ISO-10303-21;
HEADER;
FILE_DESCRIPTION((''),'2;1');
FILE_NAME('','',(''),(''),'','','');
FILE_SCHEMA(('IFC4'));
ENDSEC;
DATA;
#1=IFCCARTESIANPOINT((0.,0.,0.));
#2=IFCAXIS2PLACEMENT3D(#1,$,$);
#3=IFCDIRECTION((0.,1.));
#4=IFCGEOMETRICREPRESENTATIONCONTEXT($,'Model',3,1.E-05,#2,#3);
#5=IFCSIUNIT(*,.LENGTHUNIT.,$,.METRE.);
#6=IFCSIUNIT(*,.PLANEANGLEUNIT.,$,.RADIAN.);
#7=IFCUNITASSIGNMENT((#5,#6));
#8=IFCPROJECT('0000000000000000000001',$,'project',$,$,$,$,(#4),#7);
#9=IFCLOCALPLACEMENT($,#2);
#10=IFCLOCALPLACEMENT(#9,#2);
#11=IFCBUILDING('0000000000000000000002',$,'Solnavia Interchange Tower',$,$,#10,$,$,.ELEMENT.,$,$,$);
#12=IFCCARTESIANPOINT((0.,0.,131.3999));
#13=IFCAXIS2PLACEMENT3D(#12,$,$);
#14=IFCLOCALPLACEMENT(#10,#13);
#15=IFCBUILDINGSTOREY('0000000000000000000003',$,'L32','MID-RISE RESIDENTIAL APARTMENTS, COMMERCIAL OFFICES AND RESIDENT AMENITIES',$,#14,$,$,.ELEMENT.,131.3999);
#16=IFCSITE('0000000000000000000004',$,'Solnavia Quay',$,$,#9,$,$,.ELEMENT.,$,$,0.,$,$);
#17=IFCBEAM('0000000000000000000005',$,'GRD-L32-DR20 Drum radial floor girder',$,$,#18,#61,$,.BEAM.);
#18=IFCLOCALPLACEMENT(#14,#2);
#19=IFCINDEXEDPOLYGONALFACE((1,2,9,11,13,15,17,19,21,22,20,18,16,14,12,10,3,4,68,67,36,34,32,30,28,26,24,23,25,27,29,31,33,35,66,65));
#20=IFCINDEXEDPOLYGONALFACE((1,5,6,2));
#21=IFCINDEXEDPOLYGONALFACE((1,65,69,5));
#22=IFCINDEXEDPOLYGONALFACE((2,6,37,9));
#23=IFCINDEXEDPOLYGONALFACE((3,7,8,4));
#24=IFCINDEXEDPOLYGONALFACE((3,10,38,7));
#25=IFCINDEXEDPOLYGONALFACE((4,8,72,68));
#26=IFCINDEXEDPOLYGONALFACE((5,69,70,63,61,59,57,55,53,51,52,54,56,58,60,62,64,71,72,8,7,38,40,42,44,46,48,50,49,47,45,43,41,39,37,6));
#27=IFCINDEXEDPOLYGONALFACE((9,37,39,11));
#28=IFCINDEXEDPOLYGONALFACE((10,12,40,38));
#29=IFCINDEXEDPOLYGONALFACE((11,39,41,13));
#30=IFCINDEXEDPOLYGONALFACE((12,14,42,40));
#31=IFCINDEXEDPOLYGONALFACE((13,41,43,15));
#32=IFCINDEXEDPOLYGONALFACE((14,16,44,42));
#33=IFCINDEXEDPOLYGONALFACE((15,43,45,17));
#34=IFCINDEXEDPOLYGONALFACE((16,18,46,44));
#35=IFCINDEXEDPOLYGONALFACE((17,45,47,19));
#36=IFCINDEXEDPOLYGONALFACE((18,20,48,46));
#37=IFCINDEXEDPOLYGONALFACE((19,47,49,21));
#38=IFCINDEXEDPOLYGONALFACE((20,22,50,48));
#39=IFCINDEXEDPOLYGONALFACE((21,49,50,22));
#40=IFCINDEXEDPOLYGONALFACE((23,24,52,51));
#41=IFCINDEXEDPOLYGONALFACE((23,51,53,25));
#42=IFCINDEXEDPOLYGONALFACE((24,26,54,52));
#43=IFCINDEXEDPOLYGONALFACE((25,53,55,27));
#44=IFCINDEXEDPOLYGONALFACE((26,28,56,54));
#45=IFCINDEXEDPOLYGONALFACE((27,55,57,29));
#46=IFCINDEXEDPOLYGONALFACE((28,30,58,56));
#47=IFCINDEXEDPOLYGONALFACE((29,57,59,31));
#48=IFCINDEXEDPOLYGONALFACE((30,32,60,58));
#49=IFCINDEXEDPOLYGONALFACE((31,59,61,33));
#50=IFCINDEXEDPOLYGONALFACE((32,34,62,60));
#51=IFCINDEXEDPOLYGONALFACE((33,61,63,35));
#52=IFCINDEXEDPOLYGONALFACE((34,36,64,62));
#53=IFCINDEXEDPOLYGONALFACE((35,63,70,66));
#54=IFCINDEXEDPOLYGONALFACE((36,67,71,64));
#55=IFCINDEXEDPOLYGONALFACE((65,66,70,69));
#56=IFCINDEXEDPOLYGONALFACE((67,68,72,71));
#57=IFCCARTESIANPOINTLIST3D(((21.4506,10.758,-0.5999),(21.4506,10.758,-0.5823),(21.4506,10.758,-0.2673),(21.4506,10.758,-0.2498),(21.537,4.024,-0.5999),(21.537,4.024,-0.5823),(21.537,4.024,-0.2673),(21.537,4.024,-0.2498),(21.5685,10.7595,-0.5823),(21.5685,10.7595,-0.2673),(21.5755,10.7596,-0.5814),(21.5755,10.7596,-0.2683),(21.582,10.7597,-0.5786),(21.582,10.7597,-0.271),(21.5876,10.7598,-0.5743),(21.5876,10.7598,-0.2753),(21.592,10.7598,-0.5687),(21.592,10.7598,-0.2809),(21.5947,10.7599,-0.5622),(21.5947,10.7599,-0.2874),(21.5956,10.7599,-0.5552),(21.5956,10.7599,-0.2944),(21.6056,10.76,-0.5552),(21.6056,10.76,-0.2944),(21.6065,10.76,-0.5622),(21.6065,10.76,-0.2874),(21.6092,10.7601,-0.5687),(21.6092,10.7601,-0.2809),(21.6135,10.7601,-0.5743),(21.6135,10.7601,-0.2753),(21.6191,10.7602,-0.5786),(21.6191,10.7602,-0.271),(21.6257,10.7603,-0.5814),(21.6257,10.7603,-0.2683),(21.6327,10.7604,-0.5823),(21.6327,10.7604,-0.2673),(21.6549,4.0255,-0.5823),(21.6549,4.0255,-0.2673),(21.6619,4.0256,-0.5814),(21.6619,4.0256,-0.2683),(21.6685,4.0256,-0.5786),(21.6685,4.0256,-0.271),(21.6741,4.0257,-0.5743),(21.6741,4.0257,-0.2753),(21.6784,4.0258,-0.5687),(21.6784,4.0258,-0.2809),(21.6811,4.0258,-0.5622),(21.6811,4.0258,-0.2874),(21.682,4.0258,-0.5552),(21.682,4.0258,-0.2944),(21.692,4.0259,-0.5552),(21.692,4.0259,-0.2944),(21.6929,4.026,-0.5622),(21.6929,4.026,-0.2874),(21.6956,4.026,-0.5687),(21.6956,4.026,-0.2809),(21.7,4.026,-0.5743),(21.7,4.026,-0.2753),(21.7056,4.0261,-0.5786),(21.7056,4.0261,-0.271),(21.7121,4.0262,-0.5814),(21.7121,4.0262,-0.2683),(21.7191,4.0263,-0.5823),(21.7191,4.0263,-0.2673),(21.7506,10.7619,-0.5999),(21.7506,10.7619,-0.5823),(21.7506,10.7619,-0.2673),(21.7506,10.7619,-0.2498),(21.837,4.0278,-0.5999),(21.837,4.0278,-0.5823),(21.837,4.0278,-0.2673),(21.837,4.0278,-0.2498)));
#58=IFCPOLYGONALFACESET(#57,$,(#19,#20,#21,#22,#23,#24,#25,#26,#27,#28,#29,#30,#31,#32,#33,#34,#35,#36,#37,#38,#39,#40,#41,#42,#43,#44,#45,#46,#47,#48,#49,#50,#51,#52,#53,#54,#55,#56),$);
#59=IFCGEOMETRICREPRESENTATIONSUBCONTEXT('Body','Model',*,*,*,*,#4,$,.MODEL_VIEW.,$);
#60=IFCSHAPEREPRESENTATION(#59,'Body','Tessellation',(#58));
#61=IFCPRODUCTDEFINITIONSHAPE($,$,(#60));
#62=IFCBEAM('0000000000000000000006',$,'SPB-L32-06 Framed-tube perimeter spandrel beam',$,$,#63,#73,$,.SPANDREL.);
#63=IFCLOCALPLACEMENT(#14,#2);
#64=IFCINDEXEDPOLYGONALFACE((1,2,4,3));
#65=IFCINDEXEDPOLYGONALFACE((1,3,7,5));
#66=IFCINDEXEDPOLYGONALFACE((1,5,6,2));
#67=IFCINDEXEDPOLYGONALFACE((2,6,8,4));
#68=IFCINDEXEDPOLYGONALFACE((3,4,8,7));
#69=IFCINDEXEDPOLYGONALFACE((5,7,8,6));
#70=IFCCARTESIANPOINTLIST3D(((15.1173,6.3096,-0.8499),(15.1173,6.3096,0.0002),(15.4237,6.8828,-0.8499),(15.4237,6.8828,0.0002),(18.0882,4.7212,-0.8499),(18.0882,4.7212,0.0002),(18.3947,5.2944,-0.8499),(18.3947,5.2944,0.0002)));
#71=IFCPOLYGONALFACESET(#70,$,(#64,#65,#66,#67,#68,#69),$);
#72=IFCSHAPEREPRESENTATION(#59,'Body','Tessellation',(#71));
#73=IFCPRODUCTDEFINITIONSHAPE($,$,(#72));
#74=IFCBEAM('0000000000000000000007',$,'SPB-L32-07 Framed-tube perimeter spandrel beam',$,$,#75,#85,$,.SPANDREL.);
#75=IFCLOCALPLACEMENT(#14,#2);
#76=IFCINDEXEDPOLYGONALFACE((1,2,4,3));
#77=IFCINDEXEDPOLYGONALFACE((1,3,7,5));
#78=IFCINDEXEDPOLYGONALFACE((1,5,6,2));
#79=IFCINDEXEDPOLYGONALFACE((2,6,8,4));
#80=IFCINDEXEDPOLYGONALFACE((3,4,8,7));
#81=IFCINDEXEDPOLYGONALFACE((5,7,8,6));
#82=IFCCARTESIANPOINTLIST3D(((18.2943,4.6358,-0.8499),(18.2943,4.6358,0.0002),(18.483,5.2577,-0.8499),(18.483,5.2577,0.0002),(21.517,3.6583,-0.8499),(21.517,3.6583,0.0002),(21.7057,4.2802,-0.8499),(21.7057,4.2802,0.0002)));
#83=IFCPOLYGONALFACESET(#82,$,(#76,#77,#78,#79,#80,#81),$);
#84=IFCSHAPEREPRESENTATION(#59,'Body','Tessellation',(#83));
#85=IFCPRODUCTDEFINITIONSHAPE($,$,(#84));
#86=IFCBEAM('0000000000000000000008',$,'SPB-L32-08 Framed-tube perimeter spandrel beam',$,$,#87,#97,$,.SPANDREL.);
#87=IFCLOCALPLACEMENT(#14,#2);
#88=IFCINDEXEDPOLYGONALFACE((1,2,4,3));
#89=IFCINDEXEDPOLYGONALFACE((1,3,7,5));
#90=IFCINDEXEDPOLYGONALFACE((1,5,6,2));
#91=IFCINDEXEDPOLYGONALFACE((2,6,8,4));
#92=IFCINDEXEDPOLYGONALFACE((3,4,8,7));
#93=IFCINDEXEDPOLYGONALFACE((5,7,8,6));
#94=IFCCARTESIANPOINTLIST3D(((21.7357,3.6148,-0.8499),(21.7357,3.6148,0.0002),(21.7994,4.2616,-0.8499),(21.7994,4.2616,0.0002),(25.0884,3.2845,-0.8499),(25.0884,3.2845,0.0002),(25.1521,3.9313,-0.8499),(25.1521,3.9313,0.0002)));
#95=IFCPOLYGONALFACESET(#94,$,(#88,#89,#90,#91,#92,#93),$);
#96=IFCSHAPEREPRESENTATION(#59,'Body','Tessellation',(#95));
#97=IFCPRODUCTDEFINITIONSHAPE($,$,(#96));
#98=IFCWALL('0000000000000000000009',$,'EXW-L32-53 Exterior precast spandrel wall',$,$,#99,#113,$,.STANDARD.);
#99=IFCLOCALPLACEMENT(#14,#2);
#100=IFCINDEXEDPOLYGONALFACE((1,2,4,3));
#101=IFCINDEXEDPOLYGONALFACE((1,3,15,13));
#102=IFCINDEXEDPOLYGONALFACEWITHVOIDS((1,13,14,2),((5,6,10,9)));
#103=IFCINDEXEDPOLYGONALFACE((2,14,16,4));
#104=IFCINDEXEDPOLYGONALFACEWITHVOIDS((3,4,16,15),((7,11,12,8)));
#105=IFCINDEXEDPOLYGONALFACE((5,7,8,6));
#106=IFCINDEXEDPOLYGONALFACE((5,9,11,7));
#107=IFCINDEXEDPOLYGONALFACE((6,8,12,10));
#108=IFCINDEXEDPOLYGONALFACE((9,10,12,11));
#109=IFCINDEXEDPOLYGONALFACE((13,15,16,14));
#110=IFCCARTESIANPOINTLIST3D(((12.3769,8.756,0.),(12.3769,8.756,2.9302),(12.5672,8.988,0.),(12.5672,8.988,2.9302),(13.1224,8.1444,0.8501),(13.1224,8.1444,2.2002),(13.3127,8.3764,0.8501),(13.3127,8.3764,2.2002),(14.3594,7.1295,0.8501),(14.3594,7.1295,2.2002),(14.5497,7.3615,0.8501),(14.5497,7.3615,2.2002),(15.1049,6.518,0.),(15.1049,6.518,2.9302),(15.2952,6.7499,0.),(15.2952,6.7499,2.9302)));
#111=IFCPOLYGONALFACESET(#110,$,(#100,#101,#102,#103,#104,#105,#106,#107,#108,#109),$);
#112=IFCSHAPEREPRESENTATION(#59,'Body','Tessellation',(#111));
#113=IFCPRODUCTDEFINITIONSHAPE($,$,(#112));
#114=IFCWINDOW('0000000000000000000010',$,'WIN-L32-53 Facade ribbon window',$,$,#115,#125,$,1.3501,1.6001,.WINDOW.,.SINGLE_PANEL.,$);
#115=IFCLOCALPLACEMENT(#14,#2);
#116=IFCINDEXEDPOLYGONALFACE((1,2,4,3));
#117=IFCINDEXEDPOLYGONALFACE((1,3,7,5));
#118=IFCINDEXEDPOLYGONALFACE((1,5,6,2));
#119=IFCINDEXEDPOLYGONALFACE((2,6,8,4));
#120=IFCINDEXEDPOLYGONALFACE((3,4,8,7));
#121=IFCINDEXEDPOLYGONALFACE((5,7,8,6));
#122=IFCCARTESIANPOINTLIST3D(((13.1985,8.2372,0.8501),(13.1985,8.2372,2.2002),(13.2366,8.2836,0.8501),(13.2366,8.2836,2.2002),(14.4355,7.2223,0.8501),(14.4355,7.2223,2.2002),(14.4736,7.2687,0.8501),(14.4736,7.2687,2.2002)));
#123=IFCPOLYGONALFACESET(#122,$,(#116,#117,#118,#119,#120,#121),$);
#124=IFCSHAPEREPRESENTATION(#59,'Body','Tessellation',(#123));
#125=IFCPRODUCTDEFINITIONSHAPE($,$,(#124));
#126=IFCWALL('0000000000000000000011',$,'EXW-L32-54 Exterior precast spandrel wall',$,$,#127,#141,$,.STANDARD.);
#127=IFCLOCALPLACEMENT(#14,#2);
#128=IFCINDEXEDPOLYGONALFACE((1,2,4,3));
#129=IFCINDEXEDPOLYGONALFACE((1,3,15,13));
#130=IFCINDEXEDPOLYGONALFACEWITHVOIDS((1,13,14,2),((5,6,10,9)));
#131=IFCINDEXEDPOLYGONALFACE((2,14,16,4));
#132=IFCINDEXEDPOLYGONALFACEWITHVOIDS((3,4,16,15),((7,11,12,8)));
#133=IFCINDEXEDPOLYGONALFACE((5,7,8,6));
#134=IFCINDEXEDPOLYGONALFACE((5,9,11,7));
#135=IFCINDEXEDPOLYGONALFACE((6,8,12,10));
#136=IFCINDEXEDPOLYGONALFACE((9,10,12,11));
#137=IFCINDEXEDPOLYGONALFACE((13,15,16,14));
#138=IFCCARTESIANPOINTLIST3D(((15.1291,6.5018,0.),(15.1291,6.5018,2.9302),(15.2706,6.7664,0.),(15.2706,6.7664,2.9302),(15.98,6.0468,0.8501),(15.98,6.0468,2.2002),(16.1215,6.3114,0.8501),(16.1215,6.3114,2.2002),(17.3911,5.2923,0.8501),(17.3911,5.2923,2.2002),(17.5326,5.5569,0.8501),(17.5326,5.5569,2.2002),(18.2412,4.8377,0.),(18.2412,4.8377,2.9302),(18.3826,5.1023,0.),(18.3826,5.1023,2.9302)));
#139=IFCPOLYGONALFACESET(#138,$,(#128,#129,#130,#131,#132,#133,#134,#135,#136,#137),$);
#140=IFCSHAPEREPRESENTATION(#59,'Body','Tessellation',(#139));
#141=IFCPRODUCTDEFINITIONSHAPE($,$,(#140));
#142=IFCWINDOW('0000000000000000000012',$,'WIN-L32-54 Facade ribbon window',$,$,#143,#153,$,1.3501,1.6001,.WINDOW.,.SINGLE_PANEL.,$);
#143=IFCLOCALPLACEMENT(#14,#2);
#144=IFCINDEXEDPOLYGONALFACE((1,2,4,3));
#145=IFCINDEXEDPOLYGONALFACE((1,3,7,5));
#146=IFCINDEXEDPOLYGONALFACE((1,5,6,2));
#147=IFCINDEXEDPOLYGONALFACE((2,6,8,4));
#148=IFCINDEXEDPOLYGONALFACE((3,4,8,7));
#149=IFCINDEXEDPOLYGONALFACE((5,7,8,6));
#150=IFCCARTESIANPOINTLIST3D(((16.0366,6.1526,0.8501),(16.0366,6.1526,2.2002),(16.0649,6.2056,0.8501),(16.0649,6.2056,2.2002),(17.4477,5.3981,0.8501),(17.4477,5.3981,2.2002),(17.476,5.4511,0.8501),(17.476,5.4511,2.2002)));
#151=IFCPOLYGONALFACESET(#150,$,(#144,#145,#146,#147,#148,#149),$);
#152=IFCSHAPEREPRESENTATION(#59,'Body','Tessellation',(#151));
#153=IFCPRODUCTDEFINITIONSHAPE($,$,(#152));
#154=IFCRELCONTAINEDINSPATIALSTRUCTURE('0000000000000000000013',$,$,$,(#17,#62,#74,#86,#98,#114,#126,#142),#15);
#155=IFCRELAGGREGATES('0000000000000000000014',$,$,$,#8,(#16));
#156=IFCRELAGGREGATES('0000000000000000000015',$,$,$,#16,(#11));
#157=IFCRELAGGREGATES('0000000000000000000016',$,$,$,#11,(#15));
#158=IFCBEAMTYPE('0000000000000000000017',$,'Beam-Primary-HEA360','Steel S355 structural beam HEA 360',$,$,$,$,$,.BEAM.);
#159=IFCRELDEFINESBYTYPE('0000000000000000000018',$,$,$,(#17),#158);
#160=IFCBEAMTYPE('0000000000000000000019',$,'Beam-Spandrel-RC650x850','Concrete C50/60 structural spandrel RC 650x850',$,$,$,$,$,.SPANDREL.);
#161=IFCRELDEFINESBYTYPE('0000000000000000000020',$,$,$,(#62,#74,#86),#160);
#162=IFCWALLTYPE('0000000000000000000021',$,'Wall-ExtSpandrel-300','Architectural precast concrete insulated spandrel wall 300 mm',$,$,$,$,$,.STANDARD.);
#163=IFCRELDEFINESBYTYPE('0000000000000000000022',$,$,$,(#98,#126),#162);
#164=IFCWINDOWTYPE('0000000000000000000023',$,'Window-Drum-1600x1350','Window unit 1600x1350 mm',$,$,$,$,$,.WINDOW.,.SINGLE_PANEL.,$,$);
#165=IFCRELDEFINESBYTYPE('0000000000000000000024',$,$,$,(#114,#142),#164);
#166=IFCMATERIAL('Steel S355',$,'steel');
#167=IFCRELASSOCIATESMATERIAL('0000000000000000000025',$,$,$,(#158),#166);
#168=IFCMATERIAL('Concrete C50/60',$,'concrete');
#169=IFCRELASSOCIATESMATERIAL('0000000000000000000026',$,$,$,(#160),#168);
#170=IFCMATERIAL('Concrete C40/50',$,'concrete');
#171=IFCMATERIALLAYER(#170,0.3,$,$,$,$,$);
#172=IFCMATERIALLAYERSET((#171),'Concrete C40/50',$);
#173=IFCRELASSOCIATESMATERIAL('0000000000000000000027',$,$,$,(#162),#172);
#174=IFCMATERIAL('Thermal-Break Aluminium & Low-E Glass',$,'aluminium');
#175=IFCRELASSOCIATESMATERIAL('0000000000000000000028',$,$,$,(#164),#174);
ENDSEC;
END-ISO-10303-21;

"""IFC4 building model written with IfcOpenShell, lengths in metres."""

from ifc_helpers import new_model, si_unit, direction, frame, frame_2d, origin, origin_2d, place, context, subcontext, project, spatial, rectangle, i_section, extrude, material, layer, layer_set, material_profile, profile_set, type_object, element, fill, save


model = new_model("IFC4")

# Units and contexts
model_context = context("Model", 3, precision=1e-05, world=origin(), true_north=direction((0.0, 1.0)))
body_context = subcontext(model_context, "Body", "Model", "MODEL_VIEW")
ifc_project = project(units=[si_unit("LENGTHUNIT", "METRE"), si_unit("PLANEANGLEUNIT", "RADIAN")], contexts=[model_context])

# Site, building, storey
site_placement = place(None, origin())
site = spatial("IfcSite", under=ifc_project, at=site_placement, Name="Solnavia Quay", CompositionType="ELEMENT", RefElevation=0.0)
building_placement = place(site_placement, origin())
building = spatial("IfcBuilding", under=site, at=building_placement, Name="Solnavia Interchange Tower", CompositionType="ELEMENT")
storey_placement = place(building_placement, frame((0.0, 0.0, 131.3999)))
storey = spatial("IfcBuildingStorey", under=building, at=storey_placement, Name="L32", Description="MID-RISE RESIDENTIAL APARTMENTS, COMMERCIAL OFFICES AND RESIDENT AMENITIES", CompositionType="ELEMENT", Elevation=131.3999)

# Shared definitions
ifc_material_1 = material(Name="Concrete C50/60", Category="concrete")
ifc_material_2 = material(Name="Steel S355", Category="steel")

# Beams
ifc_material_profile_1 = material_profile(ifc_material_2, i_section(OverallWidth=0.3, OverallDepth=0.3501, WebThickness=0.01, FlangeThickness=0.0176, FilletRadius=0.0271, at=origin_2d()), Name="HEA 360")
ifc_profile_set_1 = profile_set([ifc_material_profile_1], Name="Steel S355")
beam_type_1 = type_object("IfcBeamType", Name="Beam-Primary-HEA360", Description="Steel S355 structural beam HEA 360", PredefinedType="BEAM", material=ifc_profile_set_1)
beam_1_placement = place(storey_placement, frame((21.687, 4.0259, -0.4248), z_axis=(-0.012833, 0.999918, 0.0), x_axis=(-0.999918, -0.012833, 0.0)))
element("IfcBeam", 1, at=beam_1_placement, inside=storey, type_object=beam_type_1, Name="GRD-L32-DR20 Drum radial floor girder", PredefinedType="BEAM", context=body_context, shape_type="SweptSolid", body=[
    extrude(i_section(OverallWidth=0.3, OverallDepth=0.3501, WebThickness=0.01, FlangeThickness=0.0176, FilletRadius=0.0271, at=origin_2d()), origin(), (0.0, 0.0, 1.0), 6.7346),
])
ifc_material_profile_2 = material_profile(ifc_material_1, rectangle(XDim=0.6499, YDim=0.8501, at=origin_2d()), Name="RC 650x850")
ifc_profile_set_2 = profile_set([ifc_material_profile_2], Name="Concrete C50/60")
beam_type_2 = type_object("IfcBeamType", Name="Beam-Spandrel-RC650x850", Description="Concrete C50/60 structural spandrel RC 650x850", PredefinedType="SPANDREL", material=ifc_profile_set_2)
beam_2_placement = place(storey_placement, frame((15.2705, 6.5962, -0.4248), z_axis=(0.881875, -0.471483, 0.0), x_axis=(0.471483, 0.881875, 0.0)))
element("IfcBeam", 2, at=beam_2_placement, inside=storey, type_object=beam_type_2, Name="SPB-L32-06 Framed-tube perimeter spandrel beam", PredefinedType="SPANDREL", context=body_context, shape_type="SweptSolid", body=[
    extrude(rectangle(XDim=0.6499, YDim=0.8501, at=origin_2d()), origin(), (0.0, 0.0, 1.0), 3.3689),
])
beam_3_placement = place(storey_placement, frame((18.3887, 4.9468, -0.4248), z_axis=(0.956944, -0.290273, 0.0), x_axis=(0.290273, 0.956944, 0.0)))
element("IfcBeam", 3, at=beam_3_placement, inside=storey, type_object=beam_type_2, Name="SPB-L32-07 Framed-tube perimeter spandrel beam", PredefinedType="SPANDREL", context=body_context, shape_type="SweptSolid", body=[
    extrude(rectangle(XDim=0.6499, YDim=0.8501, at=origin_2d()), origin(), (0.0, 0.0, 1.0), 3.3677),
])
beam_4_placement = place(storey_placement, frame((21.7676, 3.9382, -0.4248), z_axis=(0.995182, -0.098047, 0.0), x_axis=(0.098047, 0.995182, 0.0)))
element("IfcBeam", 4, at=beam_4_placement, inside=storey, type_object=beam_type_2, Name="SPB-L32-08 Framed-tube perimeter spandrel beam", PredefinedType="SPANDREL", context=body_context, shape_type="SweptSolid", body=[
    extrude(rectangle(XDim=0.6499, YDim=0.8501, at=origin_2d()), origin(), (0.0, 0.0, 1.0), 3.3689),
])

# Walls, openings, windows
ifc_material_3 = material(Name="Concrete C40/50", Category="concrete")
ifc_layer_1 = layer(ifc_material_3, 0.3)
ifc_layer_set_1 = layer_set([ifc_layer_1], Name="Concrete C40/50")
wall_type_1 = type_object("IfcWallType", Name="Wall-ExtSpandrel-300", Description="Architectural precast concrete insulated spandrel wall 300 mm", PredefinedType="STANDARD", material=ifc_layer_set_1)
wall_1_placement = place(storey_placement, frame((15.2, 6.634, 0.0), z_axis=(0.0, 0.0, 1.0), x_axis=(-0.773121, 0.634258, 0.0)))
wall_1 = element("IfcWall", 5, at=wall_1_placement, inside=storey, type_object=wall_type_1, Name="EXW-L32-53 Exterior precast spandrel wall", PredefinedType="STANDARD", context=body_context, shape_type="SweptSolid", body=[
    extrude(rectangle(XDim=3.5286, YDim=0.3, at=frame_2d((1.7642, 0.0))), origin(), (0.0, 0.0, 1.0), 2.9302),
])
opening_1_placement = place(wall_1_placement, frame((0.9641, 0.0, 0.8501)))
opening_1 = element("IfcOpeningElement", 6, at=opening_1_placement, cuts=wall_1, PredefinedType="OPENING", context=body_context, shape_type="SweptSolid", body=[
    extrude(rectangle(XDim=1.6001, YDim=1.3501, at=frame_2d((0.8, 0.675))), frame((0.0, 0.1602, 0.0), z_axis=(0.0, -1.0, 0.0), x_axis=(1.0, 0.0, 0.0)), (0.0, 0.0, 1.0), 0.3201),
])
ifc_material_4 = material(Name="Thermal-Break Aluminium & Low-E Glass", Category="aluminium")
window_type = type_object("IfcWindowType", Name="Window-Drum-1600x1350", Description="Window unit 1600x1350 mm", PartitioningType="SINGLE_PANEL", PredefinedType="WINDOW", material=ifc_material_4)
window_1_placement = place(opening_1_placement, origin())
window_1 = element("IfcWindow", 7, at=window_1_placement, inside=storey, type_object=window_type, Name="WIN-L32-53 Facade ribbon window", OverallHeight=1.3501, OverallWidth=1.6001, PartitioningType="SINGLE_PANEL", PredefinedType="WINDOW", context=body_context, shape_type="SweptSolid", body=[
    extrude(rectangle(XDim=1.6001, YDim=1.3501, at=frame_2d((0.8, 0.675))), frame((0.0, 0.03, 0.0), z_axis=(0.0, -1.0, 0.0), x_axis=(1.0, 0.0, 0.0)), (0.0, 0.0, 1.0), 0.0601),
])
fill(opening_1, window_1)
wall_2_placement = place(storey_placement, frame((18.312, 4.97, 0.0), z_axis=(0.0, 0.0, 1.0), x_axis=(-0.881847, 0.471536, 0.0)))
wall_2 = element("IfcWall", 8, at=wall_2_placement, inside=storey, type_object=wall_type_1, Name="EXW-L32-54 Exterior precast spandrel wall", PredefinedType="STANDARD", context=body_context, shape_type="SweptSolid", body=[
    extrude(rectangle(XDim=3.5291, YDim=0.3, at=frame_2d((1.7646, 0.0))), origin(), (0.0, 0.0, 1.0), 2.9302),
])
opening_2_placement = place(wall_2_placement, frame((0.9641, 0.0, 0.8501)))
opening_2 = element("IfcOpeningElement", 9, at=opening_2_placement, cuts=wall_2, PredefinedType="OPENING", context=body_context, shape_type="SweptSolid", body=[
    extrude(rectangle(XDim=1.6001, YDim=1.3501, at=frame_2d((0.8, 0.675))), frame((0.0, 0.1602, 0.0), z_axis=(0.0, -1.0, 0.0), x_axis=(1.0, 0.0, 0.0)), (0.0, 0.0, 1.0), 0.3201),
])
window_2_placement = place(opening_2_placement, origin())
window_2 = element("IfcWindow", 10, at=window_2_placement, inside=storey, type_object=window_type, Name="WIN-L32-54 Facade ribbon window", OverallHeight=1.3501, OverallWidth=1.6001, PartitioningType="SINGLE_PANEL", PredefinedType="WINDOW", context=body_context, shape_type="SweptSolid", body=[
    extrude(rectangle(XDim=1.6001, YDim=1.3501, at=frame_2d((0.8, 0.675))), frame((0.0, 0.03, 0.0), z_axis=(0.0, -1.0, 0.0), x_axis=(1.0, 0.0, 0.0)), (0.0, 0.0, 1.0), 0.0601),
])
fill(opening_2, window_2)

save(model, "model.ifc")
